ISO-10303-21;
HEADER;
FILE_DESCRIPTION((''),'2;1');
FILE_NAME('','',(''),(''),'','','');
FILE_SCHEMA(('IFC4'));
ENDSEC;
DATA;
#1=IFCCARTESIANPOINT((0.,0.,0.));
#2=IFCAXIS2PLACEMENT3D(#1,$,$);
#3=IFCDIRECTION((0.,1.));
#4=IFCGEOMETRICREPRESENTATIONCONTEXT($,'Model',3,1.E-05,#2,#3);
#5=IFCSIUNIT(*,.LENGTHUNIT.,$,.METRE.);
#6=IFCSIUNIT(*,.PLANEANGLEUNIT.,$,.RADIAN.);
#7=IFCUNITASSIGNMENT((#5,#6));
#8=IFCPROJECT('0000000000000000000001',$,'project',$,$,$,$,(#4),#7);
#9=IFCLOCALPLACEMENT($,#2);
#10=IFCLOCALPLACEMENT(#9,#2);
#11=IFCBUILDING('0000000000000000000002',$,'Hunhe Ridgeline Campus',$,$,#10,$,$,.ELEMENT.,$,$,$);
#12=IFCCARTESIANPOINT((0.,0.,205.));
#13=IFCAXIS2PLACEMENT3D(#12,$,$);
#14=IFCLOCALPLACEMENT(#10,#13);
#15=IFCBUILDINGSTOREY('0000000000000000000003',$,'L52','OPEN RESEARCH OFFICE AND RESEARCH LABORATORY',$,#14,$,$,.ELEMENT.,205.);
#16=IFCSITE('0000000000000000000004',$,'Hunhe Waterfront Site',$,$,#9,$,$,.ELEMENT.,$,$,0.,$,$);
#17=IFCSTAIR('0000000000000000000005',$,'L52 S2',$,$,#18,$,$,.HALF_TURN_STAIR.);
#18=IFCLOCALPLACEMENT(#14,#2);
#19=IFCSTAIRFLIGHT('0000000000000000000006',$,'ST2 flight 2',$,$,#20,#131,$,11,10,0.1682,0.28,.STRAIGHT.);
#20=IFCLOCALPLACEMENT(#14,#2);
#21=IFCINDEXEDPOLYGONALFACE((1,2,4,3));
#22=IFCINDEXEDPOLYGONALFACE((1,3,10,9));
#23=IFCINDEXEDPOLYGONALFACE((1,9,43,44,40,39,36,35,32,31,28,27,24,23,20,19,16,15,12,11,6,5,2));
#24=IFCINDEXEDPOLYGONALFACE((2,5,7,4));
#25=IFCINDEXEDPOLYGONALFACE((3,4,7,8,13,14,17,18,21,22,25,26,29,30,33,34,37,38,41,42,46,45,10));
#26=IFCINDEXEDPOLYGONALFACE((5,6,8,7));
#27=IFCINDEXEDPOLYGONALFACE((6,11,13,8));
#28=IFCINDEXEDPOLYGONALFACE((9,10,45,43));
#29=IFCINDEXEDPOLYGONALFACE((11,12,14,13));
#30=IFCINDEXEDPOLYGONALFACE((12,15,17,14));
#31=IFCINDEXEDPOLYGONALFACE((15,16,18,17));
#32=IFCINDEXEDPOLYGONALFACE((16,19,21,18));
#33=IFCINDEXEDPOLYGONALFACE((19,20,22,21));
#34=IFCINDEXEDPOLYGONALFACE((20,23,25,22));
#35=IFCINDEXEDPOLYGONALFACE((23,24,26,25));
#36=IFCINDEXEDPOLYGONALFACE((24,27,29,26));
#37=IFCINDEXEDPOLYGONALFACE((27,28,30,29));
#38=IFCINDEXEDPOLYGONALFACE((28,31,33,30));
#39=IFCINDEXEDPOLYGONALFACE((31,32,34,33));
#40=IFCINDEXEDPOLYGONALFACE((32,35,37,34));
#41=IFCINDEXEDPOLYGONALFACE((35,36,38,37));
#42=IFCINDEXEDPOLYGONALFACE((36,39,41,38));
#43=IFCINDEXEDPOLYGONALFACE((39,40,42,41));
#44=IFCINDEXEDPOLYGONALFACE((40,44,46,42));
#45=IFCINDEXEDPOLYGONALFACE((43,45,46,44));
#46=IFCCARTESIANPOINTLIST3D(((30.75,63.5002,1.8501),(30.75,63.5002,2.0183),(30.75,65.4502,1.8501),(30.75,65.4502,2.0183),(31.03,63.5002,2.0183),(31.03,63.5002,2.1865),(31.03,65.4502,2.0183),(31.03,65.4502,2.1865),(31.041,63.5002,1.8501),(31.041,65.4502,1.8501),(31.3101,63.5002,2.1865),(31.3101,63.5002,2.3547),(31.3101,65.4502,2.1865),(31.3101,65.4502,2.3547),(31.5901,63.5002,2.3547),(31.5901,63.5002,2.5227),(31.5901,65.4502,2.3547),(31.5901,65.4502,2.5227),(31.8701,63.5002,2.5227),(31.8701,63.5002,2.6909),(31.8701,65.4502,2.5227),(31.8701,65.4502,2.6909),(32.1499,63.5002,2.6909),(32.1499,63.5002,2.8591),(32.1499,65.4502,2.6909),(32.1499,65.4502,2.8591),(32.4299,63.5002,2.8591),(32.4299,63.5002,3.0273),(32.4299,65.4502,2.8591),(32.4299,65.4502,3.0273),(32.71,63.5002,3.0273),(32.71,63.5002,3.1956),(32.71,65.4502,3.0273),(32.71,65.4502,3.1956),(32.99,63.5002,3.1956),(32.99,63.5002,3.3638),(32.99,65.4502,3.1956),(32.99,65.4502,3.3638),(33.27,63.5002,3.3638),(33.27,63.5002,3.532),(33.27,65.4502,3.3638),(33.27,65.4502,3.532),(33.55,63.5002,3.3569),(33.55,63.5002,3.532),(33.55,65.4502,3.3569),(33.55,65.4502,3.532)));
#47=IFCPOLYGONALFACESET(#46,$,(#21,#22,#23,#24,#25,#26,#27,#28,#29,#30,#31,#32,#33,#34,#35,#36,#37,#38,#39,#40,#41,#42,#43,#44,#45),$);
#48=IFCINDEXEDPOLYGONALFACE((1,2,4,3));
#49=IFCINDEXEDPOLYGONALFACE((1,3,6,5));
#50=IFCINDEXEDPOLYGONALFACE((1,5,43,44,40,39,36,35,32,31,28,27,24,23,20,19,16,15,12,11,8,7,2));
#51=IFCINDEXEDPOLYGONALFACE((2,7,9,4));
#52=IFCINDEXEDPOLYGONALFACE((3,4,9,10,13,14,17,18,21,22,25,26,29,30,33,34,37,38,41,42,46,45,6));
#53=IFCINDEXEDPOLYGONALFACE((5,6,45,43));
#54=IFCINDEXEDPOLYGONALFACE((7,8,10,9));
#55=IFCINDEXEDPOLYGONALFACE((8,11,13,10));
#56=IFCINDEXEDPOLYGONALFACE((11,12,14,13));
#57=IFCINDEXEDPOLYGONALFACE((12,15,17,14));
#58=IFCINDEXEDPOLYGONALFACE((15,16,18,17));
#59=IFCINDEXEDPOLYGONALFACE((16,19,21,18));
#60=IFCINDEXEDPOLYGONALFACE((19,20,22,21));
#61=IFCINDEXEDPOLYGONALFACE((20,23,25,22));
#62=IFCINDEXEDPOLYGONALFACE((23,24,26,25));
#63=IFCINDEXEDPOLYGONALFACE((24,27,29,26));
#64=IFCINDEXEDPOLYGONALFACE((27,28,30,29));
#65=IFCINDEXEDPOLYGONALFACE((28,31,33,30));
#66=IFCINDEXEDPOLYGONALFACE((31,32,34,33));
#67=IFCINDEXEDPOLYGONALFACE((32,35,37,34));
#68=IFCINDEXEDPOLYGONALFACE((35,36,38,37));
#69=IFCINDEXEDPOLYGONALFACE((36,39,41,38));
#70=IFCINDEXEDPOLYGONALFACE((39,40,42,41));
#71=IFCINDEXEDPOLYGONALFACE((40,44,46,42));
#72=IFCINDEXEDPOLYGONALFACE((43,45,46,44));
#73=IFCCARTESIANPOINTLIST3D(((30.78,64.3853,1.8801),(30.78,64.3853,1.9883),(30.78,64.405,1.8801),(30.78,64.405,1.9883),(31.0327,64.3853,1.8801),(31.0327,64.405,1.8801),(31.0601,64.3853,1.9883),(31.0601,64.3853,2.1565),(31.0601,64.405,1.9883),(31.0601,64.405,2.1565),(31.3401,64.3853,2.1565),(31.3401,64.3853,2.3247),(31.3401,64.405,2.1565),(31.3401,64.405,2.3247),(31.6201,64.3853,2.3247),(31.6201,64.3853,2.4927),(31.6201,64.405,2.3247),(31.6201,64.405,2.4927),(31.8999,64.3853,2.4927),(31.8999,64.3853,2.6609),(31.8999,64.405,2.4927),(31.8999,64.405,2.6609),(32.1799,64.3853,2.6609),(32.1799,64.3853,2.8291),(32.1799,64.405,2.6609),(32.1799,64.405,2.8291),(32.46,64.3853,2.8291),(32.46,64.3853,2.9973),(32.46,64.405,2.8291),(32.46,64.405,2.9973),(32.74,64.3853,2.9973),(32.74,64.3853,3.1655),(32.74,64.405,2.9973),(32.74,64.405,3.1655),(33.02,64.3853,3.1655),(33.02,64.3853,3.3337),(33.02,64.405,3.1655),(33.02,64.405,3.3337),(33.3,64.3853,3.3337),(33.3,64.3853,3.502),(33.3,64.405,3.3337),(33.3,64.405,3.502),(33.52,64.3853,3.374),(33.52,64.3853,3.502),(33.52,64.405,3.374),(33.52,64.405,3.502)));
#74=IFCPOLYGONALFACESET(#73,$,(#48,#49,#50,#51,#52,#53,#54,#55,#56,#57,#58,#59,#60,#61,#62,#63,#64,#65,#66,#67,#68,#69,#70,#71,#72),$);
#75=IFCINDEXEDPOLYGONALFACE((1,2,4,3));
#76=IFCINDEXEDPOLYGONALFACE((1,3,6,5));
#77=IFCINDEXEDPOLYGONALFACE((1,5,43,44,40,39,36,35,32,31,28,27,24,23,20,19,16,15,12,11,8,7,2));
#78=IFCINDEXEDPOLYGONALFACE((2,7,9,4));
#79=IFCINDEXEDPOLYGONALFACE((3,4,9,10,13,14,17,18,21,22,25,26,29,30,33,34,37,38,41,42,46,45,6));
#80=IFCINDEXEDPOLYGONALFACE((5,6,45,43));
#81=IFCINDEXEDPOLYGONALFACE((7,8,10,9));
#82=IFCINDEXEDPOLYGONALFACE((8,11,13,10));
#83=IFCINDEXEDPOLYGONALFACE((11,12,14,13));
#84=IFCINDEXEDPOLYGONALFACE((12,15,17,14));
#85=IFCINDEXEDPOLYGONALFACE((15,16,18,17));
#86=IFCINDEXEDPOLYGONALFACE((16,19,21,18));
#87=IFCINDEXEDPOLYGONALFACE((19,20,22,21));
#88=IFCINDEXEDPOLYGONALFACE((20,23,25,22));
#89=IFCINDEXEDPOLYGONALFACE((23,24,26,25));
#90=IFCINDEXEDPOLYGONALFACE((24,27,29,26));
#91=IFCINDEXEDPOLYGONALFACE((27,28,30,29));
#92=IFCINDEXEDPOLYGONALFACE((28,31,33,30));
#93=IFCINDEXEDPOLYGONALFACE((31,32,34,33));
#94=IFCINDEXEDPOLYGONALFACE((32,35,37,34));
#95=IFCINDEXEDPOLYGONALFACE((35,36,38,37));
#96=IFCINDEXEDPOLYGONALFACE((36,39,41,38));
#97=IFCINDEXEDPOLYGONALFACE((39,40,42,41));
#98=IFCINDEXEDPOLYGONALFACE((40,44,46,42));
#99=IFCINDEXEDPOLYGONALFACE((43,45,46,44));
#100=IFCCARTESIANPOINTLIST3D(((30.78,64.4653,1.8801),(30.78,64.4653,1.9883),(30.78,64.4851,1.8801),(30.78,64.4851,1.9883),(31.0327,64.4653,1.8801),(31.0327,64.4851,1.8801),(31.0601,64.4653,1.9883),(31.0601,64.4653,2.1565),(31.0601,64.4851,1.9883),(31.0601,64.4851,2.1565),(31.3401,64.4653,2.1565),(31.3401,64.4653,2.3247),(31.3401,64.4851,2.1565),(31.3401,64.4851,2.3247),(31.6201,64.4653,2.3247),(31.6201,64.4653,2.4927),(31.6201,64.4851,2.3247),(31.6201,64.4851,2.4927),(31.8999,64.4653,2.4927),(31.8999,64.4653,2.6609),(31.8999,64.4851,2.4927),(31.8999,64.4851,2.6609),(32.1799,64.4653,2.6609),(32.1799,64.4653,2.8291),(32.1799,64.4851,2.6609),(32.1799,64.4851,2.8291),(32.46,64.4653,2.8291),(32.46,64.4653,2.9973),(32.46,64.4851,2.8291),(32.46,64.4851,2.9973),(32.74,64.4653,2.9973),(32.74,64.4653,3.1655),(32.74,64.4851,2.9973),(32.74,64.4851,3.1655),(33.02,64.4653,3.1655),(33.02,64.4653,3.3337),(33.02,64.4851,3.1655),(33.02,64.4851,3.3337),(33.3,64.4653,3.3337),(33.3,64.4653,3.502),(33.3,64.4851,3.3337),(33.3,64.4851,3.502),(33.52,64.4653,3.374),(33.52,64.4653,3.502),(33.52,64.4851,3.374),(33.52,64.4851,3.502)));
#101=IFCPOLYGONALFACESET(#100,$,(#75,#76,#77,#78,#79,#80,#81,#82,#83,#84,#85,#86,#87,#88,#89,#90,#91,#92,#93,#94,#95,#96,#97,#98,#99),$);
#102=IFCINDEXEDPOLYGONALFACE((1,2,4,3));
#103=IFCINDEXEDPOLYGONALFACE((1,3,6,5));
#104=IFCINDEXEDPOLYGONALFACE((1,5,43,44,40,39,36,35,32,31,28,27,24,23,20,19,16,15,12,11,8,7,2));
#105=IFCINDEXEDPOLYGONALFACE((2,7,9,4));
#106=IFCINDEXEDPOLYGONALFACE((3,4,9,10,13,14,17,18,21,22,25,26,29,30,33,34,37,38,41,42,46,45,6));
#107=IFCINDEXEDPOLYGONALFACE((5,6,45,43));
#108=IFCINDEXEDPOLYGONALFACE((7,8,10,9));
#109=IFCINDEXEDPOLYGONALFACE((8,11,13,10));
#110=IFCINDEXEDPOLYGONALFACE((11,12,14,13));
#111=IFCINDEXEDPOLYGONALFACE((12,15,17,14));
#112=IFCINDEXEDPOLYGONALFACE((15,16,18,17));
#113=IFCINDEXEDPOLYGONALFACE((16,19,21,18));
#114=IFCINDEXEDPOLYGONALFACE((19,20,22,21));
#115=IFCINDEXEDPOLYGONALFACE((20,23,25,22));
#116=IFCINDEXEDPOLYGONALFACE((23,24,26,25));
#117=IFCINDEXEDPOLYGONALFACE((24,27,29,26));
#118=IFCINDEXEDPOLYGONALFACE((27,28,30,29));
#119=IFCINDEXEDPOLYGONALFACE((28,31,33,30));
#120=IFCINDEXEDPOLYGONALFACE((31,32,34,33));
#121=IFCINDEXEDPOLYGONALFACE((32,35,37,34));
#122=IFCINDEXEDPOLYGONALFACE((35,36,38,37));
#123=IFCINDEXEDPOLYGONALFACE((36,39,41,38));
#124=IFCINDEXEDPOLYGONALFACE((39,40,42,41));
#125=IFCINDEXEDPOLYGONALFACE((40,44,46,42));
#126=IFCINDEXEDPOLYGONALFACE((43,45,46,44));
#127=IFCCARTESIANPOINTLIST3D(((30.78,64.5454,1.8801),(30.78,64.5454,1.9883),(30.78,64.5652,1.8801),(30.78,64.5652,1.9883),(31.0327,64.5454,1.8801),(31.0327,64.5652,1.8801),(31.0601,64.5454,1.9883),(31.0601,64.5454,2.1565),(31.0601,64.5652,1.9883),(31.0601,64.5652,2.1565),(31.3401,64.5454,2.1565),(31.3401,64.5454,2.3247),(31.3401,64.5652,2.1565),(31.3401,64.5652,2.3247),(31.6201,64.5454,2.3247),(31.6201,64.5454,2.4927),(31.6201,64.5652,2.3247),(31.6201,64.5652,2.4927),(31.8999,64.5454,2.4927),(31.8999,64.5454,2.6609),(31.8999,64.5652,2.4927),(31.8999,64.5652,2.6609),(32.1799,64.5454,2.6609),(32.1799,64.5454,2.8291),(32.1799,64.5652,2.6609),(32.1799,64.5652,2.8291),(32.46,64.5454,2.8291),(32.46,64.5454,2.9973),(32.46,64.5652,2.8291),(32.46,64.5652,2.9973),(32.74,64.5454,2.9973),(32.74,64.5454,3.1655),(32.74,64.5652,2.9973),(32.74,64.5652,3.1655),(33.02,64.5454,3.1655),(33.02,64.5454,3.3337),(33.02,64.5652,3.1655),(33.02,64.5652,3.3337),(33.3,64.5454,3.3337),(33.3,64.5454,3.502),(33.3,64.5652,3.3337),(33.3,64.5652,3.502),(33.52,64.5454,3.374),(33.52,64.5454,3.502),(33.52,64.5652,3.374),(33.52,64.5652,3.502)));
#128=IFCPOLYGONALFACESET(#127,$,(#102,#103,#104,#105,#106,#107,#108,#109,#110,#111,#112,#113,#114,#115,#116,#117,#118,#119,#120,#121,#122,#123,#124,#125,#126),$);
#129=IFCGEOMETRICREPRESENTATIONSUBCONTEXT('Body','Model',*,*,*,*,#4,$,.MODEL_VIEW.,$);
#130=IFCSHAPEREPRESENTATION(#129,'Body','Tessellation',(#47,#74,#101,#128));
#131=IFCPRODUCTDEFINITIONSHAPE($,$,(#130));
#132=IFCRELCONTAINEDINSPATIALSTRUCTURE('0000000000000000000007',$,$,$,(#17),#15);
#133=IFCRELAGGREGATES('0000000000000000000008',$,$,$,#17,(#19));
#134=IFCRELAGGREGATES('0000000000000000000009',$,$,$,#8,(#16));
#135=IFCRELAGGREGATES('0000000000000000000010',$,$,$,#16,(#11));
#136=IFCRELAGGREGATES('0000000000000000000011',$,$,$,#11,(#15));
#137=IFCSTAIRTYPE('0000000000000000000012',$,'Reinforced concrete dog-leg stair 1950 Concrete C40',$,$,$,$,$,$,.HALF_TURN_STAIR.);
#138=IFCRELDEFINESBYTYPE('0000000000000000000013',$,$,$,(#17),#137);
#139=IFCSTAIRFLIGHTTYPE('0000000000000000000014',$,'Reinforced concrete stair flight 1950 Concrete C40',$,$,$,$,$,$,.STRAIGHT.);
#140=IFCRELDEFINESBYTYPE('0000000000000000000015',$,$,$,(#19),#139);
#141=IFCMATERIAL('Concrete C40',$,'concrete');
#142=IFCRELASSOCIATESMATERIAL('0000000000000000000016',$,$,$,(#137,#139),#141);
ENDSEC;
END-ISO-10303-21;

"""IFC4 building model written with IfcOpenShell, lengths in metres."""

from ifc_helpers import new_model, si_unit, direction, frame, origin, place, context, subcontext, project, spatial, polyline, outline, extrude, material, type_object, element, aggregate, save


model = new_model("IFC4")

# Units and contexts
model_context = context("Model", 3, precision=1e-05, world=origin(), true_north=direction((0.0, 1.0)))
body_context = subcontext(model_context, "Body", "Model", "MODEL_VIEW")
ifc_project = project(units=[si_unit("LENGTHUNIT", "METRE"), si_unit("PLANEANGLEUNIT", "RADIAN")], contexts=[model_context])

# Site, building, storey
site_placement = place(None, origin())
site = spatial("IfcSite", under=ifc_project, at=site_placement, Name="Hunhe Waterfront Site", CompositionType="ELEMENT", RefElevation=0.0)
building_placement = place(site_placement, origin())
building = spatial("IfcBuilding", under=site, at=building_placement, Name="Hunhe Ridgeline Campus", CompositionType="ELEMENT")
storey_placement = place(building_placement, frame((0.0, 0.0, 205.0)))
storey = spatial("IfcBuildingStorey", under=building, at=storey_placement, Name="L52", Description="OPEN RESEARCH OFFICE AND RESEARCH LABORATORY", CompositionType="ELEMENT", Elevation=205.0)

# Stair, stair flight
ifc_material_1 = material(Name="Concrete C40", Category="concrete")
stair_type = type_object("IfcStairType", Name="Reinforced concrete dog-leg stair 1950 Concrete C40", PredefinedType="HALF_TURN_STAIR", material=ifc_material_1)
stair_placement = place(storey_placement, origin())
stair = element("IfcStair", 1, at=stair_placement, inside=storey, type_object=stair_type, Name="L52 S2", PredefinedType="HALF_TURN_STAIR")
stair_flight_type = type_object("IfcStairFlightType", Name="Reinforced concrete stair flight 1950 Concrete C40", PredefinedType="STRAIGHT", material=ifc_material_1)
stair_flight_1_placement = place(storey_placement, frame((30.75, 64.4751, 1.8501), z_axis=(0.0, 0.0, 1.0), x_axis=(1.0, 0.0, 0.0)))
stair_flight_1 = element("IfcStairFlight", 2, at=stair_flight_1_placement, type_object=stair_flight_type, Name="ST2 flight 2", NumberOfRisers=11, NumberOfTreads=10, PredefinedType="STRAIGHT", RiserHeight=0.1682, TreadLength=0.28, context=body_context, shape_type="SweptSolid", body=[
    extrude(outline(polyline([(0.0, 0.0), (0.0, 0.1682), (0.28, 0.1682), (0.28, 0.3364), (0.5601, 0.3364), (0.5601, 0.5046), (0.8401, 0.5046), (0.8401, 0.6726), (1.1201, 0.6726), (1.1201, 0.8408), (1.3999, 0.8408), (1.3999, 1.009), (1.6799, 1.009), (1.6799, 1.1772), (1.96, 1.1772), (1.96, 1.3455), (2.24, 1.3455), (2.24, 1.5137), (2.52, 1.5137), (2.52, 1.6819), (2.8, 1.6819), (2.8, 1.8501), (2.8, 1.5068), (0.291, 0.0), (0.0, 0.0)])), frame((0.0, 0.9751, 0.0), z_axis=(0.0, -1.0, 0.0), x_axis=(1.0, 0.0, 0.0)), (0.0, 0.0, 1.0), 1.95),
    extrude(outline(polyline([(0.03, 0.03), (0.03, 0.1382), (0.3101, 0.1382), (0.3101, 0.3064), (0.5901, 0.3064), (0.5901, 0.4746), (0.8701, 0.4746), (0.8701, 0.6426), (1.1499, 0.6426), (1.1499, 0.8108), (1.4299, 0.8108), (1.4299, 0.979), (1.71, 0.979), (1.71, 1.1472), (1.99, 1.1472), (1.99, 1.3154), (2.27, 1.3154), (2.27, 1.4836), (2.55, 1.4836), (2.55, 1.6519), (2.77, 1.6519), (2.77, 1.5239), (0.2827, 0.03), (0.03, 0.03)])), frame((0.0, -0.0701, 0.0), z_axis=(0.0, -1.0, 0.0), x_axis=(1.0, 0.0, 0.0)), (0.0, 0.0, 1.0), 0.0198),
    extrude(outline(polyline([(0.03, 0.03), (0.03, 0.1382), (0.3101, 0.1382), (0.3101, 0.3064), (0.5901, 0.3064), (0.5901, 0.4746), (0.8701, 0.4746), (0.8701, 0.6426), (1.1499, 0.6426), (1.1499, 0.8108), (1.4299, 0.8108), (1.4299, 0.979), (1.71, 0.979), (1.71, 1.1472), (1.99, 1.1472), (1.99, 1.3154), (2.27, 1.3154), (2.27, 1.4836), (2.55, 1.4836), (2.55, 1.6519), (2.77, 1.6519), (2.77, 1.5239), (0.2827, 0.03), (0.03, 0.03)])), frame((0.0, 0.01, 0.0), z_axis=(0.0, -1.0, 0.0), x_axis=(1.0, 0.0, 0.0)), (0.0, 0.0, 1.0), 0.0198),
    extrude(outline(polyline([(0.03, 0.03), (0.03, 0.1382), (0.3101, 0.1382), (0.3101, 0.3064), (0.5901, 0.3064), (0.5901, 0.4746), (0.8701, 0.4746), (0.8701, 0.6426), (1.1499, 0.6426), (1.1499, 0.8108), (1.4299, 0.8108), (1.4299, 0.979), (1.71, 0.979), (1.71, 1.1472), (1.99, 1.1472), (1.99, 1.3154), (2.27, 1.3154), (2.27, 1.4836), (2.55, 1.4836), (2.55, 1.6519), (2.77, 1.6519), (2.77, 1.5239), (0.2827, 0.03), (0.03, 0.03)])), frame((0.0, 0.0901, 0.0), z_axis=(0.0, -1.0, 0.0), x_axis=(1.0, 0.0, 0.0)), (0.0, 0.0, 1.0), 0.0198),
])
aggregate(stair, [stair_flight_1])

save(model, "model.ifc")
